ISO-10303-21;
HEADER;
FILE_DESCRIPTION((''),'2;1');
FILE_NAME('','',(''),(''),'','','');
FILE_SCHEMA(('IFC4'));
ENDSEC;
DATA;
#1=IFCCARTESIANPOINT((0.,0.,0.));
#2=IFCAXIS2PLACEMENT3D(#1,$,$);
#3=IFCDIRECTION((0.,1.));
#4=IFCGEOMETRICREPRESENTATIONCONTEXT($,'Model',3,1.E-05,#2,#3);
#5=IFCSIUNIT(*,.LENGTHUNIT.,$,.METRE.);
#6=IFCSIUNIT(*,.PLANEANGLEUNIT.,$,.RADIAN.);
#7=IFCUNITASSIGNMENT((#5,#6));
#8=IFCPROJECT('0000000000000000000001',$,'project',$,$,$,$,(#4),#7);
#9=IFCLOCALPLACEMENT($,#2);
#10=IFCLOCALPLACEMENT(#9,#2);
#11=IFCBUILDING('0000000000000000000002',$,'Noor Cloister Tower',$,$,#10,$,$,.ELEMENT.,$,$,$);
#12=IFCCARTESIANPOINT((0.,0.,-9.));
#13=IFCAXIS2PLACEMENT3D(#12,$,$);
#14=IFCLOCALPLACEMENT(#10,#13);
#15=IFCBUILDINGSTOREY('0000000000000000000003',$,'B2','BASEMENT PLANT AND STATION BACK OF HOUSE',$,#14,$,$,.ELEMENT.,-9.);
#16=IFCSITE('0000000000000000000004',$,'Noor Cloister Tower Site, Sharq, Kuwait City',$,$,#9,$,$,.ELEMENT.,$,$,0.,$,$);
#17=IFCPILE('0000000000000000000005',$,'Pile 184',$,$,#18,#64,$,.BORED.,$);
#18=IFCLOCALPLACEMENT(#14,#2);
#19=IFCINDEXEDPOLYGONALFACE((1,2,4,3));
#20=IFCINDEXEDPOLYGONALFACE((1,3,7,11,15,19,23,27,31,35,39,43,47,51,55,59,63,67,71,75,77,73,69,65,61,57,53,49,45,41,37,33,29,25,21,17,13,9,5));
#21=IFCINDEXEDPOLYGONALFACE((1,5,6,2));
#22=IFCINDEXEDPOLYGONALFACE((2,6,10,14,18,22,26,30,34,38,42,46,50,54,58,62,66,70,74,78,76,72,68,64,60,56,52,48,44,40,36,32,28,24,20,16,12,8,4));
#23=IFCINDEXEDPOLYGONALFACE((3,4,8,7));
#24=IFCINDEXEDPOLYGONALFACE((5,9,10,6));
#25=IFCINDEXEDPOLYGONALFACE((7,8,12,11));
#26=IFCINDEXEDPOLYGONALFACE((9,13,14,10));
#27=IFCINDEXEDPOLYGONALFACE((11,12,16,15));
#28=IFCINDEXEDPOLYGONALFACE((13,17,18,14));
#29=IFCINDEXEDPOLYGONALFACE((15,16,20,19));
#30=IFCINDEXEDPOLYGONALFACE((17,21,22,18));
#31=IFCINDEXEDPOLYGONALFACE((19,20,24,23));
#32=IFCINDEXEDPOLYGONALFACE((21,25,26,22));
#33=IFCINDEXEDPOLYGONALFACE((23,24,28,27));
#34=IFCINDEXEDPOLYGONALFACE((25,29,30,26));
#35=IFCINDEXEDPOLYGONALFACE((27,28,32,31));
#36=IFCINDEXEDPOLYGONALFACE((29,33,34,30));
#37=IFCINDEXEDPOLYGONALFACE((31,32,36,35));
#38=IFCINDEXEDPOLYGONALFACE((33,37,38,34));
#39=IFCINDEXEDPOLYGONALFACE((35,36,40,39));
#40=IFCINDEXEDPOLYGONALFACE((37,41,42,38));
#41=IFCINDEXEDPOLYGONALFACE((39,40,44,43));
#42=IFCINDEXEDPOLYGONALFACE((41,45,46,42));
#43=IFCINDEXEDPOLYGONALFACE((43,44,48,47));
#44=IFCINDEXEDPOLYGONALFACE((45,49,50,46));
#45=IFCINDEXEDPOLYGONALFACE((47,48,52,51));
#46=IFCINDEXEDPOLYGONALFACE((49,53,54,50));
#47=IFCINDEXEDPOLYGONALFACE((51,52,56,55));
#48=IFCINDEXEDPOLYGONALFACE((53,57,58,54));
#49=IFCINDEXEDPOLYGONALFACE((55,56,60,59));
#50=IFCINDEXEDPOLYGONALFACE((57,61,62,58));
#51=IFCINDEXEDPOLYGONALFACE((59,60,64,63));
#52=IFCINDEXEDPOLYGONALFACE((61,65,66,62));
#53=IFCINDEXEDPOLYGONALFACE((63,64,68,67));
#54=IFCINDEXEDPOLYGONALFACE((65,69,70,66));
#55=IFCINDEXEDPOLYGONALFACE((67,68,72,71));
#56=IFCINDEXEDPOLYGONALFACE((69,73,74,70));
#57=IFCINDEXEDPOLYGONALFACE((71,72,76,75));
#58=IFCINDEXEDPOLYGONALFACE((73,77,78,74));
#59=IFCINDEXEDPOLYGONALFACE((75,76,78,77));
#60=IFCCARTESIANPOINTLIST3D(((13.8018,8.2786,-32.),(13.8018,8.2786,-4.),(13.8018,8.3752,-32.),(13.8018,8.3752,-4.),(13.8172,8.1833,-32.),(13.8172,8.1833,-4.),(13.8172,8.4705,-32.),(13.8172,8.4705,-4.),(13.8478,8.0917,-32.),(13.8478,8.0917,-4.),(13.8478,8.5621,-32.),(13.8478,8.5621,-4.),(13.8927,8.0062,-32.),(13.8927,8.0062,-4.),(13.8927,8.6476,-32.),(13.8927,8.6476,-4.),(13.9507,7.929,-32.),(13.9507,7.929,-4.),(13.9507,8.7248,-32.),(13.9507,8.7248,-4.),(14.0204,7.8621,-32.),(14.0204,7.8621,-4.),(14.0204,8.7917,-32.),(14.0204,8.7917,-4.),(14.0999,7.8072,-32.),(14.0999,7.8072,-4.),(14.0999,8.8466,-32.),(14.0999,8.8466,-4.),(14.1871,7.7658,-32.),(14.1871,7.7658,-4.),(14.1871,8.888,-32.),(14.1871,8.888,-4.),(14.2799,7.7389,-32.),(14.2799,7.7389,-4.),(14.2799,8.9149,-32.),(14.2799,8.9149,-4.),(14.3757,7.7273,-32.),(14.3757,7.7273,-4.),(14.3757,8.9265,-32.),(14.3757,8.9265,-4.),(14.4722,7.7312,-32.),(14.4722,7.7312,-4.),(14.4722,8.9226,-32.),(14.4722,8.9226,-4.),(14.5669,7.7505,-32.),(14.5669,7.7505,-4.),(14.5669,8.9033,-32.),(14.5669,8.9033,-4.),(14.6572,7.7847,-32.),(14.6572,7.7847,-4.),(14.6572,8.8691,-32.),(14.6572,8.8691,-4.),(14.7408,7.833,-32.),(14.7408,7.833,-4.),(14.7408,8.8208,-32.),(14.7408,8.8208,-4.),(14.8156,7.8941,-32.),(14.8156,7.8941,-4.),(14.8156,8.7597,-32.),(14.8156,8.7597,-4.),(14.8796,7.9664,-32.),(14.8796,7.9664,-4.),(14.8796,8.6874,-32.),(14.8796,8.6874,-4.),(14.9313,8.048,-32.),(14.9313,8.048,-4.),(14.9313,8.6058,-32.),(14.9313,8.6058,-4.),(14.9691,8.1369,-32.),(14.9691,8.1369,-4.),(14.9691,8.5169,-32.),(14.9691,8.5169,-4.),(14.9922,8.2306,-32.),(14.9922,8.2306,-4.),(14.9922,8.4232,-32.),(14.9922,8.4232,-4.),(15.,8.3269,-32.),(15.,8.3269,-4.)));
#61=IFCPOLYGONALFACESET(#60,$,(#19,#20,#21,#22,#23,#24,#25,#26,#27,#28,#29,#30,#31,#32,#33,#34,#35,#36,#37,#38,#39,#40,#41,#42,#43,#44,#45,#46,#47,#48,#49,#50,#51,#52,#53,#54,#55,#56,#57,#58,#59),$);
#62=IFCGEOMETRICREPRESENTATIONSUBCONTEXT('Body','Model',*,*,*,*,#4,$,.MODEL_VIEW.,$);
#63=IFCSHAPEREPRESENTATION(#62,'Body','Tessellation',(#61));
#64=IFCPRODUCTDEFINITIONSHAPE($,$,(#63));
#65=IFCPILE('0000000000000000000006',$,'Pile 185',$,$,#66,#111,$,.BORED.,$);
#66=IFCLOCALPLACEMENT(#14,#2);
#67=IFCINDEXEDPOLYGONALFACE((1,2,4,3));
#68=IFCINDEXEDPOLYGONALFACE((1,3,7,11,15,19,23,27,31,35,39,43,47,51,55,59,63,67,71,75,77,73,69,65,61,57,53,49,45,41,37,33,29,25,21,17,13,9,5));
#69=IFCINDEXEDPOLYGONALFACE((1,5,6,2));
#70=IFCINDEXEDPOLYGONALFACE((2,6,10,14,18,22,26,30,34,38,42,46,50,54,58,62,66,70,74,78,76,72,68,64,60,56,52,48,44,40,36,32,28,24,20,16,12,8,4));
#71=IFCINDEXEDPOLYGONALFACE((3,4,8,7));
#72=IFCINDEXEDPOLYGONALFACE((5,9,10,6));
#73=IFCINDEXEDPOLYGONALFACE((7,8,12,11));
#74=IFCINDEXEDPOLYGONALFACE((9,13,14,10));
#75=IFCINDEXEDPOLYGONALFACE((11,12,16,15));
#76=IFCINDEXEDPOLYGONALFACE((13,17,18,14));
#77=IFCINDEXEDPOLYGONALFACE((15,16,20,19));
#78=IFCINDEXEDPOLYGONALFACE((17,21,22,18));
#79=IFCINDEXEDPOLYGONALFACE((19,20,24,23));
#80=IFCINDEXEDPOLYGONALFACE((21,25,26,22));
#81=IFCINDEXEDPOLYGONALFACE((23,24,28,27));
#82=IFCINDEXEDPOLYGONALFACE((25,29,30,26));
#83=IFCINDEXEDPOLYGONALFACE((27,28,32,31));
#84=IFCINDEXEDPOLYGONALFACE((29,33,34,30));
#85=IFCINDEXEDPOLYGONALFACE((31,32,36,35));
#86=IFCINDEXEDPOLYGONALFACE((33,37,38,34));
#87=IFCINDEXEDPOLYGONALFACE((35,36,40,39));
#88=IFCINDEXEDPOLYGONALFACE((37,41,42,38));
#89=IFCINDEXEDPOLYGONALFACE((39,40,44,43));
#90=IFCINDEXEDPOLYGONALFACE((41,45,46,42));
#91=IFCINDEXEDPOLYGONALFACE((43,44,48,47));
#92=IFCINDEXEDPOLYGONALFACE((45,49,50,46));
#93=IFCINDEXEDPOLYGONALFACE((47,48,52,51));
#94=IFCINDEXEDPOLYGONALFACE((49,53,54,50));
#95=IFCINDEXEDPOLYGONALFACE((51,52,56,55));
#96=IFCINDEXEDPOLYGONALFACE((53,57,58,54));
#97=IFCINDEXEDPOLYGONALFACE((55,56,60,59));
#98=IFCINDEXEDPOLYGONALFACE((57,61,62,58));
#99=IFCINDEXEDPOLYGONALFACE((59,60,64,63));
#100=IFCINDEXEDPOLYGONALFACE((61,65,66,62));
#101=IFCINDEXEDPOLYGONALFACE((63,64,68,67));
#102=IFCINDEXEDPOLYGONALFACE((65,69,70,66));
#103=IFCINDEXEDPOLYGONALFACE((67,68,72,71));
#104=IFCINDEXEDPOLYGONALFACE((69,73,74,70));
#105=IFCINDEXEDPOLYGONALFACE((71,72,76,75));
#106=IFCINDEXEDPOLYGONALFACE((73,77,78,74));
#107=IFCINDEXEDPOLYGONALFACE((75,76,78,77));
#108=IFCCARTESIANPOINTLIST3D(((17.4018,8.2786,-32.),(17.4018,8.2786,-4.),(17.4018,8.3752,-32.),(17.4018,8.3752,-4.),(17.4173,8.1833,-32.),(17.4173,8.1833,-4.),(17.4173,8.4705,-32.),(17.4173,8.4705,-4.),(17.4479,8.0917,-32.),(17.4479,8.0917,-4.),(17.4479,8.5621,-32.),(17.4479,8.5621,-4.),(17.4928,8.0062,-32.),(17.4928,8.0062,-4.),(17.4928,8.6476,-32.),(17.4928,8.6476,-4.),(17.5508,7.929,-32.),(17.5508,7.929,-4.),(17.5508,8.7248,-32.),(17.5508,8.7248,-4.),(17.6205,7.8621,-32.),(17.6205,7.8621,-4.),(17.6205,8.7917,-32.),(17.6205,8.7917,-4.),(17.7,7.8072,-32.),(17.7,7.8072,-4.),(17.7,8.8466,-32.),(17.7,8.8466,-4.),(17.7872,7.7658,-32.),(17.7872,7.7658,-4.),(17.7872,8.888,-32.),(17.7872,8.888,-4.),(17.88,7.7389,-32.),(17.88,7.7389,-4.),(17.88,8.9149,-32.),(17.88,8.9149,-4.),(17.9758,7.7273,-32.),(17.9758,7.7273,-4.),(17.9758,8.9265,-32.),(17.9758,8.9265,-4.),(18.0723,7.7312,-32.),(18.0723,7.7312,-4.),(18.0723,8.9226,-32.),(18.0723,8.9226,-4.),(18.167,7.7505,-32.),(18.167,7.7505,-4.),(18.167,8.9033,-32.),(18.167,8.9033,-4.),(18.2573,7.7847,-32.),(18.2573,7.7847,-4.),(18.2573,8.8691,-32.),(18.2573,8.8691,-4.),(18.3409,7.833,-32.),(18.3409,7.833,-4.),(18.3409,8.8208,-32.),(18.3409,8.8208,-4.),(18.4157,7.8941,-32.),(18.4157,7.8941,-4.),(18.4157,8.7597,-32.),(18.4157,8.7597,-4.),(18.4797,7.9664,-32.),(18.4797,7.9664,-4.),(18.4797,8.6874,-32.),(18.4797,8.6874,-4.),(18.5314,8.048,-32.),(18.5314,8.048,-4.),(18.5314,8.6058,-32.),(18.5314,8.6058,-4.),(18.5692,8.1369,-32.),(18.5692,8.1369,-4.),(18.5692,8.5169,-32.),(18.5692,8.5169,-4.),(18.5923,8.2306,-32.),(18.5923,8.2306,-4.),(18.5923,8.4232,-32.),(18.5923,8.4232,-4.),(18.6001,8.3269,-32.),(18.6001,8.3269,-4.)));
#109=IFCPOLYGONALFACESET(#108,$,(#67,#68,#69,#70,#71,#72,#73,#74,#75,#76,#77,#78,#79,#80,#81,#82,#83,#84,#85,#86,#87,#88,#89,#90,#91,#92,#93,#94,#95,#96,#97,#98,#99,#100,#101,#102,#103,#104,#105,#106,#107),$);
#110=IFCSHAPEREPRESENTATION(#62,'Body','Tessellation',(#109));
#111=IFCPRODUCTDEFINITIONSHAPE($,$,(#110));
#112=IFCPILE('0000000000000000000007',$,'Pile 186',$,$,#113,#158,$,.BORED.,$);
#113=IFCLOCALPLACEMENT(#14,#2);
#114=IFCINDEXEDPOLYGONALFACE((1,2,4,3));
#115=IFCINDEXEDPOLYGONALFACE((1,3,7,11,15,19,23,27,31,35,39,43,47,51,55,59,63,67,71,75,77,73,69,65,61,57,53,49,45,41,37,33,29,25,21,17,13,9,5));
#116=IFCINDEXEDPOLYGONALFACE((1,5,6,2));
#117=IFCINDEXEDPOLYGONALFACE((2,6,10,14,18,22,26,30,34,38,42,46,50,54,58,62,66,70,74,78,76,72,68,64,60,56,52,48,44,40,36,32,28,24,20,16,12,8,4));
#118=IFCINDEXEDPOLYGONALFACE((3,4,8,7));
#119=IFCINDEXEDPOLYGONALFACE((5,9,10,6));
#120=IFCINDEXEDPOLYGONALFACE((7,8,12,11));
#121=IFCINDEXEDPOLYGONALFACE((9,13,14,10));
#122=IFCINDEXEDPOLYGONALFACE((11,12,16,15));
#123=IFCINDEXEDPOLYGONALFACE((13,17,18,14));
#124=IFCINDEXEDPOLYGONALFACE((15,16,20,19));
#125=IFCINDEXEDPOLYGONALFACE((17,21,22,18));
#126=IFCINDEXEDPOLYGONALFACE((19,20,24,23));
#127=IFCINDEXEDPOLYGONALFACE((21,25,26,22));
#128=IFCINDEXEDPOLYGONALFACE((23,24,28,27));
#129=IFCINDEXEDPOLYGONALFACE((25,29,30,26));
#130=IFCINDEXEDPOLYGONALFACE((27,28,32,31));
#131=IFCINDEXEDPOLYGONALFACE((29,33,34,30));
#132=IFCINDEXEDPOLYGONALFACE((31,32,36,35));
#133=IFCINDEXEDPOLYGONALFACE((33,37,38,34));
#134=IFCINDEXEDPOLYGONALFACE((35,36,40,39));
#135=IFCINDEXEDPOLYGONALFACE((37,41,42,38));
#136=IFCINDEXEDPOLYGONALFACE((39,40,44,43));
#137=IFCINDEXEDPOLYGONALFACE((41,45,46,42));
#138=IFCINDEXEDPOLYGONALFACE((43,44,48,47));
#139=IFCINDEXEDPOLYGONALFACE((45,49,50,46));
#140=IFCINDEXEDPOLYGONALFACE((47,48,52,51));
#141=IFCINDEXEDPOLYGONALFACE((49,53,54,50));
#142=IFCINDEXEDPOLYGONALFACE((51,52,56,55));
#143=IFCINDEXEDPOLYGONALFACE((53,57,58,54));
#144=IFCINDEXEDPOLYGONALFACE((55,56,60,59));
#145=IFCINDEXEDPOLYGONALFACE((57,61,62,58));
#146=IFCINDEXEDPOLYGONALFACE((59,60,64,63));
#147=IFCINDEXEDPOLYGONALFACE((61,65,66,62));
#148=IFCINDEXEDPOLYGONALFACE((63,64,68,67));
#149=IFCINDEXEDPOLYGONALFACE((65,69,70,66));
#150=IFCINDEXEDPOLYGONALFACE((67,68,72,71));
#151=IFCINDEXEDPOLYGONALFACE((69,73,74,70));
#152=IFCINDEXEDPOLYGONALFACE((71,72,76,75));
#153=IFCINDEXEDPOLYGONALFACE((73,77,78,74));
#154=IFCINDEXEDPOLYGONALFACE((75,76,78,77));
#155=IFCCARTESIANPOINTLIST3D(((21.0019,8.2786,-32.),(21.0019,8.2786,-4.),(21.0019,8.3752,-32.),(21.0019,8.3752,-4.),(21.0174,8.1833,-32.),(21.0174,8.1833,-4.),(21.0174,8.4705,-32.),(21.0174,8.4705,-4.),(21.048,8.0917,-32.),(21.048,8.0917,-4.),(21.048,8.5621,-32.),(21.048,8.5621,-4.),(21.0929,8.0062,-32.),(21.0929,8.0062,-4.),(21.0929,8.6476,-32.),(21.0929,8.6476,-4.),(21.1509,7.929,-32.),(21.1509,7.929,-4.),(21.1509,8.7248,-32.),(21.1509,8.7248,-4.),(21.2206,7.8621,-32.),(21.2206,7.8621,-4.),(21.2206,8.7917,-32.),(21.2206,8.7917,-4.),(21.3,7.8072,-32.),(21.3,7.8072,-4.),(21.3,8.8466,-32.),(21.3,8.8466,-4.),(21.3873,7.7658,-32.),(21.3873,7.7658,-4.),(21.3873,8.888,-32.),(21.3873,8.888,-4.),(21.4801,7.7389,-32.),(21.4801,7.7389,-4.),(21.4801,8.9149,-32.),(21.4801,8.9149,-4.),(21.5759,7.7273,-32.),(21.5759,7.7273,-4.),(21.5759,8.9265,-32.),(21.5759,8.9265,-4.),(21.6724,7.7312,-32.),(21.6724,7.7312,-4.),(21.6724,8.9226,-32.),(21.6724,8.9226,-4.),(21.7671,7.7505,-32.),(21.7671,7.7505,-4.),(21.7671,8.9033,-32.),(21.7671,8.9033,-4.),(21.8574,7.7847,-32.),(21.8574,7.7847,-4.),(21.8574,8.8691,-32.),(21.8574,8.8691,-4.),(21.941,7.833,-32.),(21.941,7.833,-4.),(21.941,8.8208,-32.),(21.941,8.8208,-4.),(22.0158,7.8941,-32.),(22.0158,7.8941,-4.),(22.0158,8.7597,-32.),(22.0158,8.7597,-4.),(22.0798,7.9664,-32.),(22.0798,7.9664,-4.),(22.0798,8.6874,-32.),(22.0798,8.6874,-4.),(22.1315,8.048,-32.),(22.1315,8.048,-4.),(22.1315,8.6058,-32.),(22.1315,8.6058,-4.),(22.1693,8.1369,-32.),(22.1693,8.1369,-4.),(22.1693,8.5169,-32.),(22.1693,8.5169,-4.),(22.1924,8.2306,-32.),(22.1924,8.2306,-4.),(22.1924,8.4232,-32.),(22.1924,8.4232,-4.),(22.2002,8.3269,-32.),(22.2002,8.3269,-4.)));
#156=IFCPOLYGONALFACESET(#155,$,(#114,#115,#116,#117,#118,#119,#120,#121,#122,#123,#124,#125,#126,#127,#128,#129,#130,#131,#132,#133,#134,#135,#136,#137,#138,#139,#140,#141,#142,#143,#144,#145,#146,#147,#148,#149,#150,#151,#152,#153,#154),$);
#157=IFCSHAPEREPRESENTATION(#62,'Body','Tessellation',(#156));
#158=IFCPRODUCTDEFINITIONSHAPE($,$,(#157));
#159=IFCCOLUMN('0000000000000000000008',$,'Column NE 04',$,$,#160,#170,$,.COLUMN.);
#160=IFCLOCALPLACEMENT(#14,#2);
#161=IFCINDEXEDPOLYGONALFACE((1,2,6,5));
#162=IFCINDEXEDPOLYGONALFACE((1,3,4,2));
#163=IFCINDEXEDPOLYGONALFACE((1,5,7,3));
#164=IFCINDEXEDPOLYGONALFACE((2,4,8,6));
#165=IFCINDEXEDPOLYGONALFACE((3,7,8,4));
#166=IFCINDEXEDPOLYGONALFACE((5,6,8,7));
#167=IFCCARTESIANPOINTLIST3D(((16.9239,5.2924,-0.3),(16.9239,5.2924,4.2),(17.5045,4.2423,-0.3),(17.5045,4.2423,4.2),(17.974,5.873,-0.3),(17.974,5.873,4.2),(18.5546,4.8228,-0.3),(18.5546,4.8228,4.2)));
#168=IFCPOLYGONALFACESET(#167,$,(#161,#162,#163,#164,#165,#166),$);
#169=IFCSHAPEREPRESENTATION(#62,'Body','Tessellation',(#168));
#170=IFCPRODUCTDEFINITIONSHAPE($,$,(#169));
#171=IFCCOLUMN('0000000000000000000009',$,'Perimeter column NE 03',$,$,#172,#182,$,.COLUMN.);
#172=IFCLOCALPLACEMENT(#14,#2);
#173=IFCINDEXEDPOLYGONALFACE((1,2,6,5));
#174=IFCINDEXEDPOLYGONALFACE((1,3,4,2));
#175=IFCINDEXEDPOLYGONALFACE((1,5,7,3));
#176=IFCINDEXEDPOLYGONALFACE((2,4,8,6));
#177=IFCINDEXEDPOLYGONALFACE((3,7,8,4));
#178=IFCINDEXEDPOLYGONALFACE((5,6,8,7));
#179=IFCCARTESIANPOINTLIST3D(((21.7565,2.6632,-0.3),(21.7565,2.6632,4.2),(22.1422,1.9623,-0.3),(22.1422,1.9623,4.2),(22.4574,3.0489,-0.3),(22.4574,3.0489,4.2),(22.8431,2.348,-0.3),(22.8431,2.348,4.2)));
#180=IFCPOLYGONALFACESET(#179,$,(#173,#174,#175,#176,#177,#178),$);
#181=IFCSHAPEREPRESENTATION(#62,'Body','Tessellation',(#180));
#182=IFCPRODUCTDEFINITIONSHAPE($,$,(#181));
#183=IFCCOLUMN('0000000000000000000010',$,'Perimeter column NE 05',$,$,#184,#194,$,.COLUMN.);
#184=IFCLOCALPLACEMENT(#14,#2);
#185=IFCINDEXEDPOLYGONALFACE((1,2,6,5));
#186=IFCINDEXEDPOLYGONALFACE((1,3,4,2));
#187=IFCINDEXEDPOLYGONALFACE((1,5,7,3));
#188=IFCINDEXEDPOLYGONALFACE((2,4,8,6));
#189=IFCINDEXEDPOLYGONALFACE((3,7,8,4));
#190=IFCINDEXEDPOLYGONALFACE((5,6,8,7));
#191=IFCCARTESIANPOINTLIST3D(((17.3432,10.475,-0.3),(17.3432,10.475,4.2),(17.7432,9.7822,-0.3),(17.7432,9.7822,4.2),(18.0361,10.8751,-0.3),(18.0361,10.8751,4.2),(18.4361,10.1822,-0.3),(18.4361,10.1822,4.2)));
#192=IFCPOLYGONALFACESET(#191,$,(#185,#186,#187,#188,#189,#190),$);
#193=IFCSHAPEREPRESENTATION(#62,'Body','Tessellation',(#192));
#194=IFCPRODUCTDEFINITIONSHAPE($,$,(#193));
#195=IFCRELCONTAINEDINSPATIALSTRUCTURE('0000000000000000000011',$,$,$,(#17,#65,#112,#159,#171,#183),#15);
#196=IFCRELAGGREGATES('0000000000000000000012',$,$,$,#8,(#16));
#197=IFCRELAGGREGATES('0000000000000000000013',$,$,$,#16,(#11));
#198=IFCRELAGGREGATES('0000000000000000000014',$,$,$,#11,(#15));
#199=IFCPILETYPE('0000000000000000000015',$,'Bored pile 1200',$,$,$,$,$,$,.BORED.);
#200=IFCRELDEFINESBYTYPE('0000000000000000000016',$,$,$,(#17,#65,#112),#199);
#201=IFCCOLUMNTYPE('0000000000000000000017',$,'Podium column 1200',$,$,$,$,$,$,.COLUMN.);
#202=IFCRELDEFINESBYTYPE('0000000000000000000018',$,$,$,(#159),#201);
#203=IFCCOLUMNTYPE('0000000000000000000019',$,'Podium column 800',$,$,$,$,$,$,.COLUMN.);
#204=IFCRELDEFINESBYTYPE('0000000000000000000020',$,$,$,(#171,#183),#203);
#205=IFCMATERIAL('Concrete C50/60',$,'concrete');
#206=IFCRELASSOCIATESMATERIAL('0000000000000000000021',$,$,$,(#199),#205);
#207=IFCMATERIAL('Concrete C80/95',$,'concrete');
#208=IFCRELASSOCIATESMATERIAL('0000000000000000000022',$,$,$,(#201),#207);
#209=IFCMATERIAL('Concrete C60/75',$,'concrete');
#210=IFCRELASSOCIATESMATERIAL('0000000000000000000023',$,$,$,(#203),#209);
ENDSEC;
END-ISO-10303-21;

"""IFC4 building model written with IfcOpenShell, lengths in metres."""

from ifc_helpers import new_model, si_unit, direction, frame, origin, origin_2d, place, context, subcontext, project, spatial, rectangle, circle, extrude, material, material_profile, profile_set, type_object, element, save


model = new_model("IFC4")

# Units and contexts
model_context = context("Model", 3, precision=1e-05, world=origin(), true_north=direction((0.0, 1.0)))
body_context = subcontext(model_context, "Body", "Model", "MODEL_VIEW")
ifc_project = project(units=[si_unit("LENGTHUNIT", "METRE"), si_unit("PLANEANGLEUNIT", "RADIAN")], contexts=[model_context])

# Site, building, storey
site_placement = place(None, origin())
site = spatial("IfcSite", under=ifc_project, at=site_placement, Name="Noor Cloister Tower Site, Sharq, Kuwait City", CompositionType="ELEMENT", RefElevation=0.0)
building_placement = place(site_placement, origin())
building = spatial("IfcBuilding", under=site, at=building_placement, Name="Noor Cloister Tower", CompositionType="ELEMENT")
storey_placement = place(building_placement, frame((0.0, 0.0, -9.0)))
storey = spatial("IfcBuildingStorey", under=building, at=storey_placement, Name="B2", Description="BASEMENT PLANT AND STATION BACK OF HOUSE", CompositionType="ELEMENT", Elevation=-9.0)

# Piles
ifc_material_1 = material(Name="Concrete C50/60", Category="concrete")
ifc_material_profile_1 = material_profile(ifc_material_1, circle(Radius=0.6001, at=origin_2d()), Name="Bored pile 1200")
ifc_profile_set_1 = profile_set([ifc_material_profile_1], Name="Concrete C50/60")
pile_type = type_object("IfcPileType", Name="Bored pile 1200", PredefinedType="BORED", material=ifc_profile_set_1)
for number, where, z_axis, x_axis, name in (
    (1, (14.3999, 8.3269, -4.0), (0.0, 0.0, -1.0), (1.0, 0.0, 0.0), "Pile 184"),
    (2, (18.0, 8.3269, -4.0), (0.0, 0.0, -1.0), (1.0, 0.0, 0.0), "Pile 185"),
    (3, (21.6001, 8.3269, -4.0), (0.0, 0.0, -1.0), (1.0, 0.0, 0.0), "Pile 186"),
):
    element("IfcPile", number, at=place(storey_placement, frame(where, z_axis=z_axis, x_axis=x_axis)), inside=storey, type_object=pile_type, Name=name, PredefinedType="BORED", context=body_context, shape_type="SweptSolid", body=[
        extrude(circle(Radius=0.6001, at=origin_2d()), origin(), (0.0, 0.0, 1.0), 28.0),
    ])

# Columns
ifc_material_2 = material(Name="Concrete C80/95", Category="concrete")
ifc_material_profile_2 = material_profile(ifc_material_2, rectangle(XDim=1.2, YDim=1.2, at=origin_2d()), Name="Podium column 1200")
ifc_profile_set_2 = profile_set([ifc_material_profile_2], Name="Concrete C80/95")
column_type_1 = type_object("IfcColumnType", Name="Podium column 1200", PredefinedType="COLUMN", material=ifc_profile_set_2)
column_placement = place(storey_placement, frame((17.7393, 5.0576, -0.3), z_axis=(0.0, 0.0, 1.0), x_axis=(0.875153, 0.483847, 0.0)))
element("IfcColumn", 4, at=column_placement, inside=storey, type_object=column_type_1, Name="Column NE 04", PredefinedType="COLUMN", context=body_context, shape_type="SweptSolid", body=[
    extrude(rectangle(XDim=1.2, YDim=1.2, at=origin_2d()), origin(), (0.0, 0.0, 1.0), 4.5),
])
ifc_material_3 = material(Name="Concrete C60/75", Category="concrete")
ifc_material_profile_3 = material_profile(ifc_material_3, rectangle(XDim=0.8, YDim=0.8, at=origin_2d()), Name="Podium column 800")
ifc_profile_set_3 = profile_set([ifc_material_profile_3], Name="Concrete C60/75")
column_type_2 = type_object("IfcColumnType", Name="Podium column 800", PredefinedType="COLUMN", material=ifc_profile_set_3)
for number, where, z_axis, x_axis, name in (
    (5, (22.2998, 2.5056, -0.3), (0.0, 0.0, 1.0), (0.876111, 0.482109, 0.0), "Perimeter column NE 03"),
    (6, (17.8896, 10.3286, -0.3), (0.0, 0.0, 1.0), (0.866025, 0.5, 0.0), "Perimeter column NE 05"),
):
    element("IfcColumn", number, at=place(storey_placement, frame(where, z_axis=z_axis, x_axis=x_axis)), inside=storey, type_object=column_type_2, Name=name, PredefinedType="COLUMN", context=body_context, shape_type="SweptSolid", body=[
        extrude(rectangle(XDim=0.8, YDim=0.8, at=origin_2d()), origin(), (0.0, 0.0, 1.0), 4.5),
    ])

save(model, "model.ifc")
